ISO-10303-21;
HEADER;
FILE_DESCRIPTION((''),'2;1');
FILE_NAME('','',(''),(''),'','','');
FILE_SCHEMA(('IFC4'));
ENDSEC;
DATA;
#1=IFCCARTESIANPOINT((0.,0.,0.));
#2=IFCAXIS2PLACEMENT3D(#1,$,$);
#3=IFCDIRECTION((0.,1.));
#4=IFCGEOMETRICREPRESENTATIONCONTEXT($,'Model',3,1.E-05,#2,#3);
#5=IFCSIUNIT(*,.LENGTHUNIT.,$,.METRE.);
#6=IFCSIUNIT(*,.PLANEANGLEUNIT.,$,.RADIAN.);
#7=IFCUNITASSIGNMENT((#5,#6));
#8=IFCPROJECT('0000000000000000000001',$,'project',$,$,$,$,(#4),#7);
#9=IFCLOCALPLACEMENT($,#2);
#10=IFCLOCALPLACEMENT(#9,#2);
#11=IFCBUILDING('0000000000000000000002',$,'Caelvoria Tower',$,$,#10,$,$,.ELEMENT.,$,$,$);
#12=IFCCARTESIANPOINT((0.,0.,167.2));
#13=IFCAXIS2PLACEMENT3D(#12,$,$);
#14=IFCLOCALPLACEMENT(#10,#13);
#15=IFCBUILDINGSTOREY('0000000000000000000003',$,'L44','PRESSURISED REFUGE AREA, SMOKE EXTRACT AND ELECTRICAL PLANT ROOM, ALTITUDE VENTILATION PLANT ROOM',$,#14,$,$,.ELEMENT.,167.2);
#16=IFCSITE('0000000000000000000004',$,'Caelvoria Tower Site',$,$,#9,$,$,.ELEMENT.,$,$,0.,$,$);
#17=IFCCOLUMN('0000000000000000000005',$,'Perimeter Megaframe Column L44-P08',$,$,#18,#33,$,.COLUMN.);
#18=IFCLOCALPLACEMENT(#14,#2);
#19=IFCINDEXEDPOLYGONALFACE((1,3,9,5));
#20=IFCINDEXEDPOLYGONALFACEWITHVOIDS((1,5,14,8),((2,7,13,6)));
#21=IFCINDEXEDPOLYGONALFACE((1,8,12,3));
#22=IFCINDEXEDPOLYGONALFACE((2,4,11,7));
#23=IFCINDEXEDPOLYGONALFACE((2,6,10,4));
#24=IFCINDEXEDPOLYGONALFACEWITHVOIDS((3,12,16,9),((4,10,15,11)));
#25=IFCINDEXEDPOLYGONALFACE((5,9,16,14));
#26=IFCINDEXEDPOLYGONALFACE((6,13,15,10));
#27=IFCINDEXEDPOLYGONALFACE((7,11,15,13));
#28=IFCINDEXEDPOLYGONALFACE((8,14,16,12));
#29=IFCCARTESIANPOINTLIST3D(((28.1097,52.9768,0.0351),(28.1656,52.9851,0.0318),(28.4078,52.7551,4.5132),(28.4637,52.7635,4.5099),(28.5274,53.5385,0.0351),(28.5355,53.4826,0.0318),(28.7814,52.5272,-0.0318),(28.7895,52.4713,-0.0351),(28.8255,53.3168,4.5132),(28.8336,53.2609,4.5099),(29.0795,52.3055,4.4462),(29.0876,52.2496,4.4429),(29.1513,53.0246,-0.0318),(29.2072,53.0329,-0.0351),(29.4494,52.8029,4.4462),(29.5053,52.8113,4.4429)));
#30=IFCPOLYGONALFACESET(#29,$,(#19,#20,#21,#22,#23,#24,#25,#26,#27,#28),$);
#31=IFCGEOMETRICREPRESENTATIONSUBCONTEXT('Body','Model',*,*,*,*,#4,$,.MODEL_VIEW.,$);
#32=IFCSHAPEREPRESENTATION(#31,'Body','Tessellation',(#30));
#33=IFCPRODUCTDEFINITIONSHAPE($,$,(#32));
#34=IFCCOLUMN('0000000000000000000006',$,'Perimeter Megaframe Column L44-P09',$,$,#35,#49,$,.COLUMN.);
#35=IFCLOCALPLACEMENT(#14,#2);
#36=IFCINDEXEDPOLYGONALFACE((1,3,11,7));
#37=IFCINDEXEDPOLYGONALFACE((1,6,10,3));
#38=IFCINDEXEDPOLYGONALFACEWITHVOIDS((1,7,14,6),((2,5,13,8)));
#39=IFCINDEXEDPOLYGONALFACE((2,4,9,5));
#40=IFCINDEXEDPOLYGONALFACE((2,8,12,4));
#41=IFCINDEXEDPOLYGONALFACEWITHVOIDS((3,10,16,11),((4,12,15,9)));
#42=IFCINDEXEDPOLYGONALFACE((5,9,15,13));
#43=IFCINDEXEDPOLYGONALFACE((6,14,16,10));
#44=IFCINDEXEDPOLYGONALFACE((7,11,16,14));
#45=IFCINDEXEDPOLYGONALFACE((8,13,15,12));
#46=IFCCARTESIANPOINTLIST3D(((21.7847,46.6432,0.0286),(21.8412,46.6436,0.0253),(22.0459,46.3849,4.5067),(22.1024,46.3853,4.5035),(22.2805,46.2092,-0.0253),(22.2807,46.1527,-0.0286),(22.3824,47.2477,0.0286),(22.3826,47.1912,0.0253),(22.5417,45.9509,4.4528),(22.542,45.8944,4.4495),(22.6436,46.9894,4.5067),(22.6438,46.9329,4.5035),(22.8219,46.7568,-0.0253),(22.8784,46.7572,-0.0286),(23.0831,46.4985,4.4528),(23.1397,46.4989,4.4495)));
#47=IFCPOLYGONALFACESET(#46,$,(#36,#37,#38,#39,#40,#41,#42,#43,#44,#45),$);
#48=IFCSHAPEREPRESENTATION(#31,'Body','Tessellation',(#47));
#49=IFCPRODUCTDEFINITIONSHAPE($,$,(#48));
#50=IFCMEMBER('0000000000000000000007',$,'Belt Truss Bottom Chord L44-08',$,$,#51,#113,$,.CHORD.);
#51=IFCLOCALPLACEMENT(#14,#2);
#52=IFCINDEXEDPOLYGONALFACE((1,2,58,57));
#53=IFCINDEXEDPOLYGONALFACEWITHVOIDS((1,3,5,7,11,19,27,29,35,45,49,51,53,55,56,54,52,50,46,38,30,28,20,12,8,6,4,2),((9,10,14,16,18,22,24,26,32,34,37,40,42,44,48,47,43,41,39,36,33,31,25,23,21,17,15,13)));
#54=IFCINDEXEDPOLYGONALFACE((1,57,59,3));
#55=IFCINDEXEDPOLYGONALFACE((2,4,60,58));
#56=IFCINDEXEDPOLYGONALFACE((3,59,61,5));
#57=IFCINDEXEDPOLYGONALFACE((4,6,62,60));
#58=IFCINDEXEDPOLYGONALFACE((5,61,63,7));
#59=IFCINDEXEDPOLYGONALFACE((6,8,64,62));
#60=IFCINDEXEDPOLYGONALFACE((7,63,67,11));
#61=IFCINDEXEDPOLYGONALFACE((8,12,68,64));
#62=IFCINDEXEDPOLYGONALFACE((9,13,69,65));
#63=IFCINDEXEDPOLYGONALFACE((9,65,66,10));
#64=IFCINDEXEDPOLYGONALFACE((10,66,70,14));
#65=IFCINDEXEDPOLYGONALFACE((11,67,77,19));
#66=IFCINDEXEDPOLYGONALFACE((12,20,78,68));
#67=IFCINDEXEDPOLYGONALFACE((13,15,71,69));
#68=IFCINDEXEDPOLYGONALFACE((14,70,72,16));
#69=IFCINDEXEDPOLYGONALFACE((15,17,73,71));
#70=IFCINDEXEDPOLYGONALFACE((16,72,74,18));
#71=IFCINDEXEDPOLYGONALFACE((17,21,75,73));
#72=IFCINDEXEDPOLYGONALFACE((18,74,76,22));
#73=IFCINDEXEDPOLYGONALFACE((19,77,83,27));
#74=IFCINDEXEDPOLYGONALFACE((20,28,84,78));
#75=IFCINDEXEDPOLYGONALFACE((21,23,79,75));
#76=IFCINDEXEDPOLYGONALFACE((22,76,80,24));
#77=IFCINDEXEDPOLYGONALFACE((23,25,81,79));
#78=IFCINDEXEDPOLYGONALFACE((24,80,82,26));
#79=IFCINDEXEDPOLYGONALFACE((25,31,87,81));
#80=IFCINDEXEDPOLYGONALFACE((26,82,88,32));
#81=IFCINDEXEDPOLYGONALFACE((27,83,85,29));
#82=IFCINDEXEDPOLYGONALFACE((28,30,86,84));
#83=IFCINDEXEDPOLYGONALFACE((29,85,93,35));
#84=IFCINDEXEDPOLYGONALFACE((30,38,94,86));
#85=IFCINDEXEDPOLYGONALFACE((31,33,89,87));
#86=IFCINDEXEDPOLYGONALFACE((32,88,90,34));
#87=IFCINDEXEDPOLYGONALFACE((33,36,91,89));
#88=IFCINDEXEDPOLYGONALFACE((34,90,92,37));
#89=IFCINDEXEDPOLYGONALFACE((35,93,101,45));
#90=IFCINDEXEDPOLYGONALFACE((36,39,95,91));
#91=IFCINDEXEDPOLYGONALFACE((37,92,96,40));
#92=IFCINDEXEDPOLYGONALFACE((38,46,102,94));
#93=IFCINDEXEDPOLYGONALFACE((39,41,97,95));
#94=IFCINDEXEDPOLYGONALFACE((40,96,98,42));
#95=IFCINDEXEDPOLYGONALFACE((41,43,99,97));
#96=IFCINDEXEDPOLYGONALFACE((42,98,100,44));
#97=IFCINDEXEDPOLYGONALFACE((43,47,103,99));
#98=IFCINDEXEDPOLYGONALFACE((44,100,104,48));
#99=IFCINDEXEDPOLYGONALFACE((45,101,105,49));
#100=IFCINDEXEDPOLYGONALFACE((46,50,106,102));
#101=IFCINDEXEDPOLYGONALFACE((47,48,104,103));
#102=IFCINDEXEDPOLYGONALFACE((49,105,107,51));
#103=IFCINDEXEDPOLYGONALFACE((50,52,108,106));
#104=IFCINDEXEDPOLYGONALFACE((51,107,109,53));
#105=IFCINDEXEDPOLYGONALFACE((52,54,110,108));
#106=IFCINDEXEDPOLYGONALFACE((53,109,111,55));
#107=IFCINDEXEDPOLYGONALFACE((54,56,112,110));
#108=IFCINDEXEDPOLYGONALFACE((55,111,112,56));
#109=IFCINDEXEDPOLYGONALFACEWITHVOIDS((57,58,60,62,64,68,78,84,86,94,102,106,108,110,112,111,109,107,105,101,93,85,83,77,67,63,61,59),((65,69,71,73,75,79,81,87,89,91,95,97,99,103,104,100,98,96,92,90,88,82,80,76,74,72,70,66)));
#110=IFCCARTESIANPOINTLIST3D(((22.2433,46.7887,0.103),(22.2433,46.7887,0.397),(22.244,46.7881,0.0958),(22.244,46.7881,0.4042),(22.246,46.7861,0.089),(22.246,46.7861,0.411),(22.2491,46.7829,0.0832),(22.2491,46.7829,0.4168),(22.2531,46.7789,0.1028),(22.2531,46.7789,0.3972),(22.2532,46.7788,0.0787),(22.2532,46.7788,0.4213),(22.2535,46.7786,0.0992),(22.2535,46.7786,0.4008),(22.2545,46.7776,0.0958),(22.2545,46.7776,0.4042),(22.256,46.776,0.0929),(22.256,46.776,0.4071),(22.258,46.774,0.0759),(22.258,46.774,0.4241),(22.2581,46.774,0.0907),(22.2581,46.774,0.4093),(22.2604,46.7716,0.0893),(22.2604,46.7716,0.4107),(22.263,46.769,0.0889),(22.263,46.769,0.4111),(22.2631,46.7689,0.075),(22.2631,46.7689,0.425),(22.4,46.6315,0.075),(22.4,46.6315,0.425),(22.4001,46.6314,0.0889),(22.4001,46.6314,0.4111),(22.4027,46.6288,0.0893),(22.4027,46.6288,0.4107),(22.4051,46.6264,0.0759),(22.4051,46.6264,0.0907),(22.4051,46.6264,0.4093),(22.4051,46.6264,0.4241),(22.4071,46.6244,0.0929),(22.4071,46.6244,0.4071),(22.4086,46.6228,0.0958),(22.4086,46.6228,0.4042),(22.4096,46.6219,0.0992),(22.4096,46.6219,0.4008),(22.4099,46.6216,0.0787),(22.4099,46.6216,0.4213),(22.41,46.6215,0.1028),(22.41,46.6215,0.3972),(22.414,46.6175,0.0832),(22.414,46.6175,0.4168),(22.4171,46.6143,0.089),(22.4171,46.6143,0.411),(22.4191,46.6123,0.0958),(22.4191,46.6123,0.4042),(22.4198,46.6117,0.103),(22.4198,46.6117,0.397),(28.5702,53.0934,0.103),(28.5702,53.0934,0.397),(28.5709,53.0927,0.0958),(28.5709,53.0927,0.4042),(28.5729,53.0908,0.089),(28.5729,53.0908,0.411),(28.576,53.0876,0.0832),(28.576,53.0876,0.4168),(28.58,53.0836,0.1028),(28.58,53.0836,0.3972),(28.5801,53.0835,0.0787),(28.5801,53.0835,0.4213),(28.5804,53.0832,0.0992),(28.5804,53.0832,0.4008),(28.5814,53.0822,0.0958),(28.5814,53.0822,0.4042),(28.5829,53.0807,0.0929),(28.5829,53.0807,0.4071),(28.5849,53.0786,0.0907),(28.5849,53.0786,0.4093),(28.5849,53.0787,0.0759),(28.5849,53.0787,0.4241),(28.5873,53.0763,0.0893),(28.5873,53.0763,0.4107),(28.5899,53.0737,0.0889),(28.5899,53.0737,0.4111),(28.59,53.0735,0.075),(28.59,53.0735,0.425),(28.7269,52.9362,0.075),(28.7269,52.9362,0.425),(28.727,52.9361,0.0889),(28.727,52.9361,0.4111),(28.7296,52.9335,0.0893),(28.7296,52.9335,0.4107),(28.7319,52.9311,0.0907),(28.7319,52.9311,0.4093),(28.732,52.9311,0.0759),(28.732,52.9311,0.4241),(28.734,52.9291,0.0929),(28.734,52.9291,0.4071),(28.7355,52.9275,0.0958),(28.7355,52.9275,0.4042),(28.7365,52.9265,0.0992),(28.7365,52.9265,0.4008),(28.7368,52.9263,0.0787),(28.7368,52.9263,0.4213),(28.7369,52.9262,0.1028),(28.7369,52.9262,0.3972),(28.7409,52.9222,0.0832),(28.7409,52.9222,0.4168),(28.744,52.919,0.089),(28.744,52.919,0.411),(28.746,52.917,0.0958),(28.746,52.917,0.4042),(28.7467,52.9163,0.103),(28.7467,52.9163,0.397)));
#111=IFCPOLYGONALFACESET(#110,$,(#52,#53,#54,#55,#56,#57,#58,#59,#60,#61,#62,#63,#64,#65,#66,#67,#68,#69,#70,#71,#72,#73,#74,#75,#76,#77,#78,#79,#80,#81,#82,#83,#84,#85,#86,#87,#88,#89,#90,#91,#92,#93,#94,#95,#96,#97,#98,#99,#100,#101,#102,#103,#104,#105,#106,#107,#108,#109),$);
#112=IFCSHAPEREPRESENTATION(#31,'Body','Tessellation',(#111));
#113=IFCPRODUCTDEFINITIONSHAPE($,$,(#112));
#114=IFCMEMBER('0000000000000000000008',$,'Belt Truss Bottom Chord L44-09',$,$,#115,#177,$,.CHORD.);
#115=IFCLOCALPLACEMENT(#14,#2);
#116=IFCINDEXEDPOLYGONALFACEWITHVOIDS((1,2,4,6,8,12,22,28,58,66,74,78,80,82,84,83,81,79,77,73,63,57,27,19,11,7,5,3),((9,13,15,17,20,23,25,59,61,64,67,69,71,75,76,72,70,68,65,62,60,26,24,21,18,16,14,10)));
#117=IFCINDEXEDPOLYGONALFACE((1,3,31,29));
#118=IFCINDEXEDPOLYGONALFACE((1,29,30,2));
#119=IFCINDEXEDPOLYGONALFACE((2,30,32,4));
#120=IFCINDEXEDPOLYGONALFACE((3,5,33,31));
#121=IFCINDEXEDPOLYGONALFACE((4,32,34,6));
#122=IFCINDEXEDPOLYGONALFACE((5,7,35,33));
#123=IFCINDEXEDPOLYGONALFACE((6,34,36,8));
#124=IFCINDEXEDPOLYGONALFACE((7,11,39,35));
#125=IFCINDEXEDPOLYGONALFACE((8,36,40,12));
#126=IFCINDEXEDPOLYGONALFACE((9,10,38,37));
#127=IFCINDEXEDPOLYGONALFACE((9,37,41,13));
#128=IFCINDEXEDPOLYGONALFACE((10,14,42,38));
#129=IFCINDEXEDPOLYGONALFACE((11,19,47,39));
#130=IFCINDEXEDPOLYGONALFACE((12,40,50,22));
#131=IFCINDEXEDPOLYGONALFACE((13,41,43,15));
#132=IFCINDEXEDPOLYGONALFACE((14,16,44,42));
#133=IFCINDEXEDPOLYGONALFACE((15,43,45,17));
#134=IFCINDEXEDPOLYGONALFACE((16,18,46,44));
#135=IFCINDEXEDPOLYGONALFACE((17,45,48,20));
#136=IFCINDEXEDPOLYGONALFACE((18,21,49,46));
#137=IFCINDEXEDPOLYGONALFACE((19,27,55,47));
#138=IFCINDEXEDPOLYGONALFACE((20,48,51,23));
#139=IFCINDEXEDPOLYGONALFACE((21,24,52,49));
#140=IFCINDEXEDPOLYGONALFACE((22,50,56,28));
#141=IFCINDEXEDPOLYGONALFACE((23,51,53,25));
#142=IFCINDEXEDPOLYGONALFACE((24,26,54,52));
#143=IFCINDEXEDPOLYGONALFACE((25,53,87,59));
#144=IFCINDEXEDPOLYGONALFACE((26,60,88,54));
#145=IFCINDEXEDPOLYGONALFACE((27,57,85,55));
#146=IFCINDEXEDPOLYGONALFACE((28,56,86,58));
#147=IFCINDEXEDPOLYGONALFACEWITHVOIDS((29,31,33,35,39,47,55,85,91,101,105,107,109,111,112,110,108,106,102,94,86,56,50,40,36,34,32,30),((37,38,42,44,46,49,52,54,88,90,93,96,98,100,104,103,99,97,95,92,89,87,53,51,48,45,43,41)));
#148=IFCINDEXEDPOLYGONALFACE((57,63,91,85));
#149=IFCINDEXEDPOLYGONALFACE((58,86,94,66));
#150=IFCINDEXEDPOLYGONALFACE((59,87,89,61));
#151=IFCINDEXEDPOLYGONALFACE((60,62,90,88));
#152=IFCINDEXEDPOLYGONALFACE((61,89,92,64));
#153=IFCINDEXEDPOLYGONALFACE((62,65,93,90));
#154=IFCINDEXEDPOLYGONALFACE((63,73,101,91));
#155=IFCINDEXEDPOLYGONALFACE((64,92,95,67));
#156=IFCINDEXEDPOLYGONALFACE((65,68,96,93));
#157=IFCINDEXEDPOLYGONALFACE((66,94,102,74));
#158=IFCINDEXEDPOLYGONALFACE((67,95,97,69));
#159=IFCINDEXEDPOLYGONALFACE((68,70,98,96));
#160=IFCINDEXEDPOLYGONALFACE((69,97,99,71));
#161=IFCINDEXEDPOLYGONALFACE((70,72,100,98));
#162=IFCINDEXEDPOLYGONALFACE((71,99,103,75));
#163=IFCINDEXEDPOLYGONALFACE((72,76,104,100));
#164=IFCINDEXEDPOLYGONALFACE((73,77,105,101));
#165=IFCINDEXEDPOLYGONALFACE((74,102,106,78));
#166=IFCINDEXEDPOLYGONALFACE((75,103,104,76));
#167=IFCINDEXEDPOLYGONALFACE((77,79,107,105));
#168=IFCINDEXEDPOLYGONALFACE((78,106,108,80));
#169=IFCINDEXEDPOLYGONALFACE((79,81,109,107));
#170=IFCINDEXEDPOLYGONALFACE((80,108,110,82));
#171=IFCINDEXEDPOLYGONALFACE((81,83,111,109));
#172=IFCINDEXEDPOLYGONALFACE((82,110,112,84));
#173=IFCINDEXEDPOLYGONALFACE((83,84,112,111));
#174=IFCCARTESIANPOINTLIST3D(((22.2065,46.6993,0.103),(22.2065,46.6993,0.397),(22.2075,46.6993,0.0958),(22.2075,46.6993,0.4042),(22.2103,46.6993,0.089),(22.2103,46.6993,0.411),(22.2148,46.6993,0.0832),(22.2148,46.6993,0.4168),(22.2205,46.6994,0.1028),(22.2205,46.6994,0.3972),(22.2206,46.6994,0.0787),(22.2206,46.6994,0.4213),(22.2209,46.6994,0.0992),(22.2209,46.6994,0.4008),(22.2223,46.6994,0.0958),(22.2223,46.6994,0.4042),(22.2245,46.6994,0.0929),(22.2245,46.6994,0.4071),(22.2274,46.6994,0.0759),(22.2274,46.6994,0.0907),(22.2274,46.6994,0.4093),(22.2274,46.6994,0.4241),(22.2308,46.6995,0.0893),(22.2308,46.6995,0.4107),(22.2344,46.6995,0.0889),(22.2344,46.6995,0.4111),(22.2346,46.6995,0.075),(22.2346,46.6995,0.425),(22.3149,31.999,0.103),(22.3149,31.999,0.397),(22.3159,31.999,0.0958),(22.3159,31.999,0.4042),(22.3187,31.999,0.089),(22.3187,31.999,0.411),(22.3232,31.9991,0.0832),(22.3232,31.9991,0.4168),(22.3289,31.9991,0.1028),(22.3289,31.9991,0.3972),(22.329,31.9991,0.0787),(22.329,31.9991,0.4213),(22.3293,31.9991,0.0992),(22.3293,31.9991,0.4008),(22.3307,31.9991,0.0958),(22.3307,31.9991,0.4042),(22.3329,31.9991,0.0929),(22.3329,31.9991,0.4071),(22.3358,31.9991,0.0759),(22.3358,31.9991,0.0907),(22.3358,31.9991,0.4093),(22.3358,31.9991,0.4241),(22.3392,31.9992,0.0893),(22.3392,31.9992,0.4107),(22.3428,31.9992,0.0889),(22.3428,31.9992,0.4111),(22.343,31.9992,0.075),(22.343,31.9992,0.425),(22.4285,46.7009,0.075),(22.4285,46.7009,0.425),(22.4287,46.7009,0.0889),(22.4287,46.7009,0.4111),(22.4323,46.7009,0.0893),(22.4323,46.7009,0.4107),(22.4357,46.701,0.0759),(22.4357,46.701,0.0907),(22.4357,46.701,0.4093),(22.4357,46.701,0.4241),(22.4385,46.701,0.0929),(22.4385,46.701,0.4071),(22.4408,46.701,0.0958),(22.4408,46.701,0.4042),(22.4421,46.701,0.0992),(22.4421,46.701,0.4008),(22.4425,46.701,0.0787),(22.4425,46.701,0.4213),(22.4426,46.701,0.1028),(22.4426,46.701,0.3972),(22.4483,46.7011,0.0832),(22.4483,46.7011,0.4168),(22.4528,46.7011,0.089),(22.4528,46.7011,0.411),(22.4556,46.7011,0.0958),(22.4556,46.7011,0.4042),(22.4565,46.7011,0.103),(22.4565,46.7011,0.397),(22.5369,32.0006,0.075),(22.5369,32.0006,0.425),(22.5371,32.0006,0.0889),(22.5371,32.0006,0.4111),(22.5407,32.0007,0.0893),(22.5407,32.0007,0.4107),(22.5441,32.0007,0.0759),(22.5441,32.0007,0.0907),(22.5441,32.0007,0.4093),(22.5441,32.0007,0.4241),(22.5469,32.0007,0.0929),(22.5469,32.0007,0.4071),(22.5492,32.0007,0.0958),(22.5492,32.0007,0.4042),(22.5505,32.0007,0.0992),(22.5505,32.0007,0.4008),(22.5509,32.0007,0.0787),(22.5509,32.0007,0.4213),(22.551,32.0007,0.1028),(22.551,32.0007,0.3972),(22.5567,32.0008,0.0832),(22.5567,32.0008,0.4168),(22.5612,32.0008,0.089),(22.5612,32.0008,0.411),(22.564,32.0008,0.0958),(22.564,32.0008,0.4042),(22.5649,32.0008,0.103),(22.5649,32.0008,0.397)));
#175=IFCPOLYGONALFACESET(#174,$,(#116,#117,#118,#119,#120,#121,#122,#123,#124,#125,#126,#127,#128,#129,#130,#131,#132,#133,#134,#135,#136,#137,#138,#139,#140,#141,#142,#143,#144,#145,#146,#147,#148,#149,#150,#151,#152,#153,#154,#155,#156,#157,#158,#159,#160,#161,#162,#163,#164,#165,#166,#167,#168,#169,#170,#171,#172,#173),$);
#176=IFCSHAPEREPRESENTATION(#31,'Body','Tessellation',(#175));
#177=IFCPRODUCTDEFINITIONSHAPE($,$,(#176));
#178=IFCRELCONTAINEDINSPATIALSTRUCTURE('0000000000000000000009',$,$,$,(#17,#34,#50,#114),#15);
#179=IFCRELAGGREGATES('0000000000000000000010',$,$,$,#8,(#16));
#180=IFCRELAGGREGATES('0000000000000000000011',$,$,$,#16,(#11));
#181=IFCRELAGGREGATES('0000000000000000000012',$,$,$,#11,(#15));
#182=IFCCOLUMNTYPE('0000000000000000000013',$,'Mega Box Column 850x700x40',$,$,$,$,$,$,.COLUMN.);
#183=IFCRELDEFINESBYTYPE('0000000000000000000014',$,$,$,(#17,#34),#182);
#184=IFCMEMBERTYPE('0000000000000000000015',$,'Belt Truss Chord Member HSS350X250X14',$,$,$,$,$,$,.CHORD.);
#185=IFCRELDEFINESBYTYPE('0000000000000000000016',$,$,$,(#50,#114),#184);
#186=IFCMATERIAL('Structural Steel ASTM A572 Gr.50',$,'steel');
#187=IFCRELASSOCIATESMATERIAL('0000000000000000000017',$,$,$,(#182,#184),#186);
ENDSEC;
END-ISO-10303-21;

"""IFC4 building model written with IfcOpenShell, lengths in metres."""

from ifc_helpers import new_model, si_unit, direction, frame, origin, origin_2d, place, context, subcontext, project, spatial, hollow_rectangle, extrude, material, material_profile, profile_set, type_object, element, save


model = new_model("IFC4")

# Units and contexts
model_context = context("Model", 3, precision=1e-05, world=origin(), true_north=direction((0.0, 1.0)))
body_context = subcontext(model_context, "Body", "Model", "MODEL_VIEW")
ifc_project = project(units=[si_unit("LENGTHUNIT", "METRE"), si_unit("PLANEANGLEUNIT", "RADIAN")], contexts=[model_context])

# Site, building, storey
site_placement = place(None, origin())
site = spatial("IfcSite", under=ifc_project, at=site_placement, Name="Caelvoria Tower Site", CompositionType="ELEMENT", RefElevation=0.0)
building_placement = place(site_placement, origin())
building = spatial("IfcBuilding", under=site, at=building_placement, Name="Caelvoria Tower", CompositionType="ELEMENT")
storey_placement = place(building_placement, frame((0.0, 0.0, 167.2)))
storey = spatial("IfcBuildingStorey", under=building, at=storey_placement, Name="L44", Description="PRESSURISED REFUGE AREA, SMOKE EXTRACT AND ELECTRICAL PLANT ROOM, ALTITUDE VENTILATION PLANT ROOM", CompositionType="ELEMENT", Elevation=167.2)

# Columns
ifc_material_1 = material(Name="Structural Steel ASTM A572 Gr.50", Category="steel")
ifc_material_profile_1 = material_profile(ifc_material_1, hollow_rectangle(XDim=0.7, YDim=0.8501, WallThickness=0.04, at=origin_2d()), Name="Structural Steel ASTM A572 Gr.50")
ifc_profile_set_1 = profile_set([ifc_material_profile_1], Name="BOX850X700X40 - Structural Steel ASTM A572 Gr.50")
column_type = type_object("IfcColumnType", Name="Mega Box Column 850x700x40", PredefinedType="COLUMN", material=ifc_profile_set_1)
column_1_placement = place(storey_placement, frame((28.6584, 53.0049, 0.0), z_axis=(0.066341, -0.049334, 0.996577), x_axis=(0.596735, 0.802438, 0.0)))
element("IfcColumn", 1, at=column_1_placement, inside=storey, type_object=column_type, Name="Perimeter Megaframe Column L44-P08", PredefinedType="COLUMN", context=body_context, shape_type="SweptSolid", body=[
    extrude(hollow_rectangle(XDim=0.7, YDim=0.8501, WallThickness=0.04, at=origin_2d()), origin(), (0.0, 0.0, 1.0), 4.4934),
])
column_2_placement = place(storey_placement, frame((22.3315, 46.7002, 0.0), z_axis=(0.058141, -0.057489, 0.996652), x_axis=(-0.708702, 0.700754, 0.081764)))
element("IfcColumn", 2, at=column_2_placement, inside=storey, type_object=column_type, Name="Perimeter Megaframe Column L44-P09", PredefinedType="COLUMN", context=body_context, shape_type="SweptSolid", body=[
    extrude(hollow_rectangle(XDim=0.7, YDim=0.8501, WallThickness=0.04, at=origin_2d()), origin(), (0.0, 0.0, 1.0), 4.4932),
])

# Members
ifc_material_profile_2 = material_profile(ifc_material_1, hollow_rectangle(XDim=0.25, YDim=0.3501, WallThickness=0.0139, InnerFilletRadius=0.0139, OuterFilletRadius=0.0281, at=origin_2d()), Name="Structural Steel ASTM A572 Gr.50")
ifc_profile_set_2 = profile_set([ifc_material_profile_2], Name="HSS350X250X14 - Structural Steel ASTM A572 Gr.50")
member_type_1 = type_object("IfcMemberType", Name="Belt Truss Chord Member HSS350X250X14", PredefinedType="CHORD", material=ifc_profile_set_2)
member_1_placement = place(storey_placement, frame((28.6584, 53.0049, 0.25), z_axis=(-0.708349, -0.705862, 0.0), x_axis=(0.705862, -0.708349, 0.0)))
element("IfcMember", 3, at=member_1_placement, inside=storey, type_object=member_type_1, Name="Belt Truss Bottom Chord L44-08", PredefinedType="CHORD", context=body_context, shape_type="SweptSolid", body=[
    extrude(hollow_rectangle(XDim=0.25, YDim=0.3501, WallThickness=0.0139, InnerFilletRadius=0.0139, OuterFilletRadius=0.0281, at=origin_2d()), origin(), (0.0, 0.0, 1.0), 8.9319),
])
member_2_placement = place(storey_placement, frame((22.3315, 46.7002, 0.25), z_axis=(0.007374, -0.999973, 0.0), x_axis=(0.999973, 0.007374, 0.0)))
element("IfcMember", 4, at=member_2_placement, inside=storey, type_object=member_type_1, Name="Belt Truss Bottom Chord L44-09", PredefinedType="CHORD", context=body_context, shape_type="SweptSolid", body=[
    extrude(hollow_rectangle(XDim=0.25, YDim=0.3501, WallThickness=0.0139, InnerFilletRadius=0.0139, OuterFilletRadius=0.0281, at=origin_2d()), origin(), (0.0, 0.0, 1.0), 14.7007),
])

save(model, "model.ifc")
